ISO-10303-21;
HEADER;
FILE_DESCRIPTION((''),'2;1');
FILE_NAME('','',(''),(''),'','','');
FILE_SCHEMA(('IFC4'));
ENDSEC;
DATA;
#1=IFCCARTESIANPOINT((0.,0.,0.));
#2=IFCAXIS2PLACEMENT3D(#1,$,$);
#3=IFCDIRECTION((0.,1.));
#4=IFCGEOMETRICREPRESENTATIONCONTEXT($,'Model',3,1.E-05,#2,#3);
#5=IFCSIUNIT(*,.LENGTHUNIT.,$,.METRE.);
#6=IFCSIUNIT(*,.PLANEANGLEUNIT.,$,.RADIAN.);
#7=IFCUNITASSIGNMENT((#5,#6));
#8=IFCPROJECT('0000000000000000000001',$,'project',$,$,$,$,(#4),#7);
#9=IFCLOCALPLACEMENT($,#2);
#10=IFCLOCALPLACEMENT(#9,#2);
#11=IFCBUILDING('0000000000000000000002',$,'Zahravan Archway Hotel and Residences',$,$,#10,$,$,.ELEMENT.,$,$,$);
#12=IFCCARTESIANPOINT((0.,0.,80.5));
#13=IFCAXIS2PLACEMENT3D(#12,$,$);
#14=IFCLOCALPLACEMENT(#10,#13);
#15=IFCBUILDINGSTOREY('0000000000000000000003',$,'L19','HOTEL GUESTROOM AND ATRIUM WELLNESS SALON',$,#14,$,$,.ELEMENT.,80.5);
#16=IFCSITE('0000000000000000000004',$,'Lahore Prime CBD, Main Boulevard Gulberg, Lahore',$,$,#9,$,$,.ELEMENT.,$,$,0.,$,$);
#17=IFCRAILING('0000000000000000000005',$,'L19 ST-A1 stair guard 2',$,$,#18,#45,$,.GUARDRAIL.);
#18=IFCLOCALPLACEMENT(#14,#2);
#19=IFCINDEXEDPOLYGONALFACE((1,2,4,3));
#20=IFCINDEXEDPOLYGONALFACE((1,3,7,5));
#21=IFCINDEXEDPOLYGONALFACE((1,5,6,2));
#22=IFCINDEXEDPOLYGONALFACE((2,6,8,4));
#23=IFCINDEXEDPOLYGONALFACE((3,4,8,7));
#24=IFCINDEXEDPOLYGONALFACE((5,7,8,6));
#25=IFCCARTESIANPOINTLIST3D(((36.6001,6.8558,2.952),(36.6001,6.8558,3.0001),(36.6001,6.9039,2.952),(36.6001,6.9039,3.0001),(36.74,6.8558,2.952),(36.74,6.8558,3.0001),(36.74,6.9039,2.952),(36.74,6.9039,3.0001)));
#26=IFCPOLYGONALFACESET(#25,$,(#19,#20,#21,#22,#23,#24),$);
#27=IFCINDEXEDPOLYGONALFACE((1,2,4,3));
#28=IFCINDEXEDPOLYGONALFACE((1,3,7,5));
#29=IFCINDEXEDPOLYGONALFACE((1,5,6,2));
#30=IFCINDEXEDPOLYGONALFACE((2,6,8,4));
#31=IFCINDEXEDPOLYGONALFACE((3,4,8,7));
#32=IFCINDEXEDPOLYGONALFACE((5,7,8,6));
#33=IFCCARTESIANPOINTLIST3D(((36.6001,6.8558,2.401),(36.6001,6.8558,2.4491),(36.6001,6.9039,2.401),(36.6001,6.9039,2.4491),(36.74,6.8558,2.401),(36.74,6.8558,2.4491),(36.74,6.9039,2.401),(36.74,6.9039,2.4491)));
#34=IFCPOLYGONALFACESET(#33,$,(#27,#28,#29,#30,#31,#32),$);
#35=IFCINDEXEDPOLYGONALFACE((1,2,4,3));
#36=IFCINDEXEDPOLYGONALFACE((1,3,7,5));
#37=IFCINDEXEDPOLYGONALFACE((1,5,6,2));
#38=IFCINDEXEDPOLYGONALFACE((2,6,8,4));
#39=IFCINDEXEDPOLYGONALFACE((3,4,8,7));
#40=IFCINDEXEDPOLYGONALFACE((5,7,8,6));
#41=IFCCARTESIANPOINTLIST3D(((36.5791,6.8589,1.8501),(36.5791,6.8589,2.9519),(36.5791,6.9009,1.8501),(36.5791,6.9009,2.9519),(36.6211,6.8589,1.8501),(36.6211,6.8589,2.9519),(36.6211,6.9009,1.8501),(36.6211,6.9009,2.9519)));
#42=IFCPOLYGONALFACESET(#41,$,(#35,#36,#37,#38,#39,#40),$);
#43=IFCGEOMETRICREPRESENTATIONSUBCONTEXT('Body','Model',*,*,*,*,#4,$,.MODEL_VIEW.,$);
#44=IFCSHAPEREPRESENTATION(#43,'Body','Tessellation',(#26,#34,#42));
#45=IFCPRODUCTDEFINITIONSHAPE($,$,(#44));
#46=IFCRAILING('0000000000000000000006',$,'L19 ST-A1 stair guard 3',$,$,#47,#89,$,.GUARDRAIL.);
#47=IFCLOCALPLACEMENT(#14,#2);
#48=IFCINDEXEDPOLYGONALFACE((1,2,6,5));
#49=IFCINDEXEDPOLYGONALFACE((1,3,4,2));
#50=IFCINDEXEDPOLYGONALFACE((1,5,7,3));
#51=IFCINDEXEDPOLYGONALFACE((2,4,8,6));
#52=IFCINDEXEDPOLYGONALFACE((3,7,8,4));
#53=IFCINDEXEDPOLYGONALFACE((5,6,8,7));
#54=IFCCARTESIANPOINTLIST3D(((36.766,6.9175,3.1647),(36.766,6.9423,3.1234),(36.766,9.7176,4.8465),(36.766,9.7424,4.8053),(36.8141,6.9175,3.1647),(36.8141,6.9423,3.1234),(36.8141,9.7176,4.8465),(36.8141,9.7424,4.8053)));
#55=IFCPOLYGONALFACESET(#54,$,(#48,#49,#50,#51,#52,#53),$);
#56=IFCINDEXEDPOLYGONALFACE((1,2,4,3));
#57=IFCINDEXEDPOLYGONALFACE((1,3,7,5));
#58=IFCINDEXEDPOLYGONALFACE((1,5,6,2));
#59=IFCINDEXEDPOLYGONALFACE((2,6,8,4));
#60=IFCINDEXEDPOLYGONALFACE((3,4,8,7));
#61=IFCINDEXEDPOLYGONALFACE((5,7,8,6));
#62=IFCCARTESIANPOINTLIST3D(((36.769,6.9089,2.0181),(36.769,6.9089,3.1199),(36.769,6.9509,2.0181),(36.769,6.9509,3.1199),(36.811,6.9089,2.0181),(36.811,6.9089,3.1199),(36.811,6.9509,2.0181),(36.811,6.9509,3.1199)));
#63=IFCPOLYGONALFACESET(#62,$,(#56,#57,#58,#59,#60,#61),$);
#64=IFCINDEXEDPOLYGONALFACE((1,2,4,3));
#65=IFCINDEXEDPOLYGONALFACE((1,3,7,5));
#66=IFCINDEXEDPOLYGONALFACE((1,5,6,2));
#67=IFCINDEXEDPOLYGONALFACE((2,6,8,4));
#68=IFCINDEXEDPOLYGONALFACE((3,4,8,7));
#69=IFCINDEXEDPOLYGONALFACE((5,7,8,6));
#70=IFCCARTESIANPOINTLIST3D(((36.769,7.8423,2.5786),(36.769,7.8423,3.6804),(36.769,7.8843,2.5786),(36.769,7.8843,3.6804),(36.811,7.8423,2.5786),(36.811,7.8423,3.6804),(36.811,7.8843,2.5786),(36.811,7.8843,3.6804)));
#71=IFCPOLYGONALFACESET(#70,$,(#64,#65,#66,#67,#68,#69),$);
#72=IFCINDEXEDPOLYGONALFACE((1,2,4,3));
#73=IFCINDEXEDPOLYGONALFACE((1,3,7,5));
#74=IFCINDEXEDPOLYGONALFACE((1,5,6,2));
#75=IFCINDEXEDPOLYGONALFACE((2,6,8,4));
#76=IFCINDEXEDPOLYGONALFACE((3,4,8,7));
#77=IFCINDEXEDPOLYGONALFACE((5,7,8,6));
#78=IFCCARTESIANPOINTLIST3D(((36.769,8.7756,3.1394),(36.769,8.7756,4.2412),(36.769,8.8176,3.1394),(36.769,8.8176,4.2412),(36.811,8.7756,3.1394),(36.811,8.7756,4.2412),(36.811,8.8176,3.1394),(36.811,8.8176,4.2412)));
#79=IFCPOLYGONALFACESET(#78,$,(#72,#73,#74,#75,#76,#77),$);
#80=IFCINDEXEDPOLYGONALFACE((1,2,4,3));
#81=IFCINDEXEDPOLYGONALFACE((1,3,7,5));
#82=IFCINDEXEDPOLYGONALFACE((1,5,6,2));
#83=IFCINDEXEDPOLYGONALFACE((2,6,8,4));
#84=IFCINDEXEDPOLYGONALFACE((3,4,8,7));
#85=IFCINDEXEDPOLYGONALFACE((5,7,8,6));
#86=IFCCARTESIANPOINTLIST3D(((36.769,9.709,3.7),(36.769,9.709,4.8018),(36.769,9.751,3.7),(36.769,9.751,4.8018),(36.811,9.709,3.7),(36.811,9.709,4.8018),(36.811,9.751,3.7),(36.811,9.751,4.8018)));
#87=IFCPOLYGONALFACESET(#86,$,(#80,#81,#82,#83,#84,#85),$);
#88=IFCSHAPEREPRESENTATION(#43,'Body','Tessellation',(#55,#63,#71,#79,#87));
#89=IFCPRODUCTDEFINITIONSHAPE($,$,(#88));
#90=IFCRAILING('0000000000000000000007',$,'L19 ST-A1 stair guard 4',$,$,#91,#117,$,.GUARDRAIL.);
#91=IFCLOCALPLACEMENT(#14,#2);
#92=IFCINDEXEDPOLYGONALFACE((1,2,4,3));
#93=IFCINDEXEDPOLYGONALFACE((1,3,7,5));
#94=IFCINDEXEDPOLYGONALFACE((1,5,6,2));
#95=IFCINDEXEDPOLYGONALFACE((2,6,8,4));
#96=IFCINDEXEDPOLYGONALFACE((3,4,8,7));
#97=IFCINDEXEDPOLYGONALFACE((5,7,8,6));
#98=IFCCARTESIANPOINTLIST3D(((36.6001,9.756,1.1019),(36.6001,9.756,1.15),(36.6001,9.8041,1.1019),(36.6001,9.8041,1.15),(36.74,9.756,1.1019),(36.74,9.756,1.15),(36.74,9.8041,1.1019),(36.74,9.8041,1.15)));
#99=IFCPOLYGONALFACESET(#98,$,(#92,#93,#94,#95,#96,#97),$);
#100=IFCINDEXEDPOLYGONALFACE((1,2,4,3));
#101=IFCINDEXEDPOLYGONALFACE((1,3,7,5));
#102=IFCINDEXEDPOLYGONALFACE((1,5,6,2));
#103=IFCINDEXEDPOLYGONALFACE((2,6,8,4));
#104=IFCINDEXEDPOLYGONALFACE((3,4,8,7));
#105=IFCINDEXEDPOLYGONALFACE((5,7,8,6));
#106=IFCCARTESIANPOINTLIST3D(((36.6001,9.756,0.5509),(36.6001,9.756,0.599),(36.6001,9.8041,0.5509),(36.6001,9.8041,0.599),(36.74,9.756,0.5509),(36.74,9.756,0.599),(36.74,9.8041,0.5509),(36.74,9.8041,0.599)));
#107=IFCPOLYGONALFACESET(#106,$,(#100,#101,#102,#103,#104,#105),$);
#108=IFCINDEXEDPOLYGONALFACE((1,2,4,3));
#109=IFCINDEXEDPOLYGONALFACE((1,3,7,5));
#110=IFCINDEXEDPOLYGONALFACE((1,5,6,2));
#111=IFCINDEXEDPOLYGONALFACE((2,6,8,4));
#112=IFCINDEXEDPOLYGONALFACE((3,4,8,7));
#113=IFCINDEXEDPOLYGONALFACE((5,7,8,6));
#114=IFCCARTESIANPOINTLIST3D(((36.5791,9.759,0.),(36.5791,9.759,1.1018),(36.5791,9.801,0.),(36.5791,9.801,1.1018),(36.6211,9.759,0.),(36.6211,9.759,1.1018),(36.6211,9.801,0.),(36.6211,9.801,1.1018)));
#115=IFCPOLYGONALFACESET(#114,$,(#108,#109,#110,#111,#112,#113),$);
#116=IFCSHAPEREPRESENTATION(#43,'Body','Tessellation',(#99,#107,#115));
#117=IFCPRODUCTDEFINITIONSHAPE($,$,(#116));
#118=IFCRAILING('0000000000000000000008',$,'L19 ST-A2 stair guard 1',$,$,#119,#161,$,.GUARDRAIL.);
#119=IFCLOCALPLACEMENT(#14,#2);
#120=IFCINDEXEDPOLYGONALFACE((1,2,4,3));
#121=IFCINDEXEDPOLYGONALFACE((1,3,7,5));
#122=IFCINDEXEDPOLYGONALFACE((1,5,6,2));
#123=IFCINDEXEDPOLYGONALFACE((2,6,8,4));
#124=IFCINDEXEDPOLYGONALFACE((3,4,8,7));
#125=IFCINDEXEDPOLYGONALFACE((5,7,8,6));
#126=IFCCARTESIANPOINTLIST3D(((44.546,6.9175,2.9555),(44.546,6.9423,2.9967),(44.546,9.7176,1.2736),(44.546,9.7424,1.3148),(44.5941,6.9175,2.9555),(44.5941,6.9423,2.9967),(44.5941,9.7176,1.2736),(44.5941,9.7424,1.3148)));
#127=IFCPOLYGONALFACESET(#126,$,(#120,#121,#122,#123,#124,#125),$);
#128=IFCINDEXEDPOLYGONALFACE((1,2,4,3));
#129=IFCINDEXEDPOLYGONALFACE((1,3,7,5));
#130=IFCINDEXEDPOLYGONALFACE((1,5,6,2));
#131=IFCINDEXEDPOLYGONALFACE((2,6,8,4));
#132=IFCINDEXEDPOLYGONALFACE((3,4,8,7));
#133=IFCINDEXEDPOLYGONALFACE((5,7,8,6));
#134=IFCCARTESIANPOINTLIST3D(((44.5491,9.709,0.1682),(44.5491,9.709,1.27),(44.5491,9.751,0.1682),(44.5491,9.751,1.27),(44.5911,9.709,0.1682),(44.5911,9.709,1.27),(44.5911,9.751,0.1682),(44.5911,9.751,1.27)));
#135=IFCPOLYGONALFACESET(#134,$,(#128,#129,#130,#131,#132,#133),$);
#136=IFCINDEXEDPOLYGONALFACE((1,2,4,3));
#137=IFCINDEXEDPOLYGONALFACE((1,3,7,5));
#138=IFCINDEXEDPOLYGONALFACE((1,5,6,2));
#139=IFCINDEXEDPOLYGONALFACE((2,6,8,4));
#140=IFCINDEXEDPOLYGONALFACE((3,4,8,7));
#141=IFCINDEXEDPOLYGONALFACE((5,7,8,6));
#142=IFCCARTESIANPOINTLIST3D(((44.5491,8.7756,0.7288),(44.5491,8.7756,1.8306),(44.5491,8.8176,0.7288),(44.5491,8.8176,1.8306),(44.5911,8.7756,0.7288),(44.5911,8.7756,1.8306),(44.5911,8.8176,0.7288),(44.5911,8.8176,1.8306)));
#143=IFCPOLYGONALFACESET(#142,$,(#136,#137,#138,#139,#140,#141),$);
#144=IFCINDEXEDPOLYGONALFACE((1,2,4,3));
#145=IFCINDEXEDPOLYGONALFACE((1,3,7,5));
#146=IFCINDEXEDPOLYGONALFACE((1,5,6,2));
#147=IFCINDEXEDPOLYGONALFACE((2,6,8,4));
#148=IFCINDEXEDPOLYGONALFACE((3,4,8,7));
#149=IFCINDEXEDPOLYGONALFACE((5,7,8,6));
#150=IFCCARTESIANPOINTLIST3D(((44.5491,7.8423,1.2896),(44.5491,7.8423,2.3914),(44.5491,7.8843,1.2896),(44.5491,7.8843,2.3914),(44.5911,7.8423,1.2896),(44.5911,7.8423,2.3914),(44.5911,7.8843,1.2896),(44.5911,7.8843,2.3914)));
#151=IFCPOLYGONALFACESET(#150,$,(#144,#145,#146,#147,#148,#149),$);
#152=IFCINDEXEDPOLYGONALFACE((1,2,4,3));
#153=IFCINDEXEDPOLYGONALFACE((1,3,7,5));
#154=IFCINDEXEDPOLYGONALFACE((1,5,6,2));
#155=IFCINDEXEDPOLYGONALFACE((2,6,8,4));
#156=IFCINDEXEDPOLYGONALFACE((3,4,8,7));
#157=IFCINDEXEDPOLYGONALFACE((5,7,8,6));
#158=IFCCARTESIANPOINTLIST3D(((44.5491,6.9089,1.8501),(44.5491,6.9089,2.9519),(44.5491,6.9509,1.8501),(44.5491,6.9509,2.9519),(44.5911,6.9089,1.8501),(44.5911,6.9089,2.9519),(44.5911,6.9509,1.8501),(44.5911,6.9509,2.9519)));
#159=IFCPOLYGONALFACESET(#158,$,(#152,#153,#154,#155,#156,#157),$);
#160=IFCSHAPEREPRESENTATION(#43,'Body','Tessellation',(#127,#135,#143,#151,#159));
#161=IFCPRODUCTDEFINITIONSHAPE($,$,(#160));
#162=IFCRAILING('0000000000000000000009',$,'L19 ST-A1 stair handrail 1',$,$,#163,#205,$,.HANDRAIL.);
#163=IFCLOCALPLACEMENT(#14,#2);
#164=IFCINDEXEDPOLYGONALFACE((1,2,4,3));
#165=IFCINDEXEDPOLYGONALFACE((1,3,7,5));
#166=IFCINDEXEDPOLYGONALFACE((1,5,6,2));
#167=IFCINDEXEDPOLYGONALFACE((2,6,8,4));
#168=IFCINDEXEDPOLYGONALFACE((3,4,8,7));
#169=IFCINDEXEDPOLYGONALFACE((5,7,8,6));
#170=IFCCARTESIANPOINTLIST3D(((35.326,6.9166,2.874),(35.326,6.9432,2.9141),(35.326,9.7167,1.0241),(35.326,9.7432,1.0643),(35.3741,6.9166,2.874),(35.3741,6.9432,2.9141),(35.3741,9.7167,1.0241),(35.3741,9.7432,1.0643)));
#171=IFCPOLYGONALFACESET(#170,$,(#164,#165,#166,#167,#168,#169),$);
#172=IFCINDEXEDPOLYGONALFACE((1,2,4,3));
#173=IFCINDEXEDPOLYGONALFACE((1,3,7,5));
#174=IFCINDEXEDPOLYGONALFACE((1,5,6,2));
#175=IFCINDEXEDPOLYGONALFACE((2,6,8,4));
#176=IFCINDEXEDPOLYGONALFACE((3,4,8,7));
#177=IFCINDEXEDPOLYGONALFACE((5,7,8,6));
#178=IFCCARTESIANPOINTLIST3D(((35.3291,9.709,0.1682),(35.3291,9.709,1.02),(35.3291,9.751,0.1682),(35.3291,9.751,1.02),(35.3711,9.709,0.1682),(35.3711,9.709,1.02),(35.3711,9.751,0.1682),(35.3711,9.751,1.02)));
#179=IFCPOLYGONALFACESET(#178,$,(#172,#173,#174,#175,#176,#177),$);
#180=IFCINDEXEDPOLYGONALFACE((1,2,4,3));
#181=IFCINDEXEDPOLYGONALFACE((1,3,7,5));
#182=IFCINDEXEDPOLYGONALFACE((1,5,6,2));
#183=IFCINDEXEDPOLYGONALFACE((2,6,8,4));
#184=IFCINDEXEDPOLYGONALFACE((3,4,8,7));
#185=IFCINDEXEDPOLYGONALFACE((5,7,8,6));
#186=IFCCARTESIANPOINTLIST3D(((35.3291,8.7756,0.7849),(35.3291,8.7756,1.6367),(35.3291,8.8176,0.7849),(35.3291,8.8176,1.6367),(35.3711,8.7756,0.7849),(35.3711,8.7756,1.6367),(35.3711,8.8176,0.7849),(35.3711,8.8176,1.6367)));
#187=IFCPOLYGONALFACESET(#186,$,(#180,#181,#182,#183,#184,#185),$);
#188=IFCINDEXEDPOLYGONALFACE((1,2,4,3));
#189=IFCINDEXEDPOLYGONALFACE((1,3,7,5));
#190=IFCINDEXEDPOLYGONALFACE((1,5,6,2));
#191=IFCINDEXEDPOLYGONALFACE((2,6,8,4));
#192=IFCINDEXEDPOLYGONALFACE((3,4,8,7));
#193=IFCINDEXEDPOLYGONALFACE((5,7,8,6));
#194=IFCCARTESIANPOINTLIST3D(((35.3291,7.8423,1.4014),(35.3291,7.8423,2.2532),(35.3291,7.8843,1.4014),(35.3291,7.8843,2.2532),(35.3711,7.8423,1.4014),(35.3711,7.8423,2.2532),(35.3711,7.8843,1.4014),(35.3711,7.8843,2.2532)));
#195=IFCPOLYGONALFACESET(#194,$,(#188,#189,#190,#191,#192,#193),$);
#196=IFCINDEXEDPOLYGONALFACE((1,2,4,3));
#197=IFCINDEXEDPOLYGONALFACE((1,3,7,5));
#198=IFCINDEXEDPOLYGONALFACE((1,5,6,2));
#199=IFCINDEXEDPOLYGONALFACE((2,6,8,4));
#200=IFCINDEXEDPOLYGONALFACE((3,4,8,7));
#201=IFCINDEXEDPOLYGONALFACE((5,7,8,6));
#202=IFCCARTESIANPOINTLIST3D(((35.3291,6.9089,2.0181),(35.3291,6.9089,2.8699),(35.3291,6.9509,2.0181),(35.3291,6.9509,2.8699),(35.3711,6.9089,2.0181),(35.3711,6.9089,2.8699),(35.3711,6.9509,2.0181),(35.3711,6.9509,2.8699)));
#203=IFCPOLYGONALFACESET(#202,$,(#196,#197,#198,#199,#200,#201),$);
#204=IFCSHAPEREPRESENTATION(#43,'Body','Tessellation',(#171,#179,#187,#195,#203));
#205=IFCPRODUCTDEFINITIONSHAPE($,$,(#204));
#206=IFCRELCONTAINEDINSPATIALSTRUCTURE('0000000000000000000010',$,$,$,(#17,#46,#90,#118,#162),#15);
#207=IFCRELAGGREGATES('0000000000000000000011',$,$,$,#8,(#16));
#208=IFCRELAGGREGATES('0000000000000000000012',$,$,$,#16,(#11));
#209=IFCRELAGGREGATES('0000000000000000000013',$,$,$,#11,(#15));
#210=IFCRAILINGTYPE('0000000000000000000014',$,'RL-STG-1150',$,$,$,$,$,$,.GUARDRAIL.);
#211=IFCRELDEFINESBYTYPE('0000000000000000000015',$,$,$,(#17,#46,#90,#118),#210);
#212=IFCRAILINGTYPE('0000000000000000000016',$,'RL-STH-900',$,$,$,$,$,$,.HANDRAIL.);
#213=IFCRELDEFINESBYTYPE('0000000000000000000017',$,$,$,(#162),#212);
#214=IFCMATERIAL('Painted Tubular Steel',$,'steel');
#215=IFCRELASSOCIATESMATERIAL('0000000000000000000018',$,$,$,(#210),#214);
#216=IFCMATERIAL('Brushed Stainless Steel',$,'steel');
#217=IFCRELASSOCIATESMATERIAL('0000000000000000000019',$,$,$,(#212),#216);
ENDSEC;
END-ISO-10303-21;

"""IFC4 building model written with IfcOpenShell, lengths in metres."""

from ifc_helpers import new_model, si_unit, direction, frame, origin, origin_2d, place, context, subcontext, project, spatial, rectangle, extrude, material, type_object, element, save


model = new_model("IFC4")

# Units and contexts
model_context = context("Model", 3, precision=1e-05, world=origin(), true_north=direction((0.0, 1.0)))
body_context = subcontext(model_context, "Body", "Model", "MODEL_VIEW")
ifc_project = project(units=[si_unit("LENGTHUNIT", "METRE"), si_unit("PLANEANGLEUNIT", "RADIAN")], contexts=[model_context])

# Site, building, storey
site_placement = place(None, origin())
site = spatial("IfcSite", under=ifc_project, at=site_placement, Name="Lahore Prime CBD, Main Boulevard Gulberg, Lahore", CompositionType="ELEMENT", RefElevation=0.0)
building_placement = place(site_placement, origin())
building = spatial("IfcBuilding", under=site, at=building_placement, Name="Zahravan Archway Hotel and Residences", CompositionType="ELEMENT")
storey_placement = place(building_placement, frame((0.0, 0.0, 80.5)))
storey = spatial("IfcBuildingStorey", under=building, at=storey_placement, Name="L19", Description="HOTEL GUESTROOM AND ATRIUM WELLNESS SALON", CompositionType="ELEMENT", Elevation=80.5)

# Shared definitions
ifc_material_1 = material(Name="Brushed Stainless Steel", Category="steel")

# Railings
ifc_material_2 = material(Name="Painted Tubular Steel", Category="steel")
railing_type_1 = type_object("IfcRailingType", Name="RL-STG-1150", PredefinedType="GUARDRAIL", material=ifc_material_2)
railing_1_placement = place(storey_placement, frame((36.6001, 6.8799, 1.8501)))
element("IfcRailing", 1, at=railing_1_placement, inside=storey, type_object=railing_type_1, Name="L19 ST-A1 stair guard 2", PredefinedType="GUARDRAIL", context=body_context, shape_type="SweptSolid", body=[
    extrude(rectangle(XDim=0.0481, YDim=0.0481, at=origin_2d()), frame((0.0, 0.0, 1.126), z_axis=(1.0, 0.0, 0.0), x_axis=(0.0, 1.0, 0.0)), (0.0, 0.0, 1.0), 0.1399),
    extrude(rectangle(XDim=0.0481, YDim=0.0481, at=origin_2d()), frame((0.0, 0.0, 0.575), z_axis=(1.0, 0.0, 0.0), x_axis=(0.0, 1.0, 0.0)), (0.0, 0.0, 1.0), 0.1399),
    extrude(rectangle(XDim=0.042, YDim=0.042, at=origin_2d()), origin(), (0.0, 0.0, 1.0), 1.1018),
])
railing_2_placement = place(storey_placement, frame((36.79, 6.9299, 2.0181)))
element("IfcRailing", 2, at=railing_2_placement, inside=storey, type_object=railing_type_1, Name="L19 ST-A1 stair guard 3", PredefinedType="GUARDRAIL", context=body_context, shape_type="SweptSolid", body=[
    extrude(rectangle(XDim=0.0481, YDim=0.0481, at=origin_2d()), frame((0.0, 0.0, 1.126), z_axis=(0.0, 0.857242, 0.514913), x_axis=(-1.0, 0.0, 0.0)), (0.0, 0.0, 1.0), 3.2664),
    extrude(rectangle(XDim=0.042, YDim=0.042, at=origin_2d()), origin(), (0.0, 0.0, 1.0), 1.1018),
    extrude(rectangle(XDim=0.042, YDim=0.042, at=origin_2d()), frame((0.0, 0.9333, 0.5605)), (0.0, 0.0, 1.0), 1.1018),
    extrude(rectangle(XDim=0.042, YDim=0.042, at=origin_2d()), frame((0.0, 1.8667, 1.1213)), (0.0, 0.0, 1.0), 1.1018),
    extrude(rectangle(XDim=0.042, YDim=0.042, at=origin_2d()), frame((0.0, 2.8, 1.6819)), (0.0, 0.0, 1.0), 1.1018),
])
railing_3_placement = place(storey_placement, frame((36.6001, 9.78, 0.0)))
element("IfcRailing", 3, at=railing_3_placement, inside=storey, type_object=railing_type_1, Name="L19 ST-A1 stair guard 4", PredefinedType="GUARDRAIL", context=body_context, shape_type="SweptSolid", body=[
    extrude(rectangle(XDim=0.0481, YDim=0.0481, at=origin_2d()), frame((0.0, 0.0, 1.126), z_axis=(1.0, 0.0, 0.0), x_axis=(0.0, 1.0, 0.0)), (0.0, 0.0, 1.0), 0.1399),
    extrude(rectangle(XDim=0.0481, YDim=0.0481, at=origin_2d()), frame((0.0, 0.0, 0.575), z_axis=(1.0, 0.0, 0.0), x_axis=(0.0, 1.0, 0.0)), (0.0, 0.0, 1.0), 0.1399),
    extrude(rectangle(XDim=0.042, YDim=0.042, at=origin_2d()), origin(), (0.0, 0.0, 1.0), 1.1018),
])
railing_4_placement = place(storey_placement, frame((44.5701, 9.73, 0.1682)))
element("IfcRailing", 4, at=railing_4_placement, inside=storey, type_object=railing_type_1, Name="L19 ST-A2 stair guard 1", PredefinedType="GUARDRAIL", context=body_context, shape_type="SweptSolid", body=[
    extrude(rectangle(XDim=0.0481, YDim=0.0481, at=origin_2d()), frame((0.0, 0.0, 1.126), z_axis=(0.0, -0.857242, 0.514913), x_axis=(1.0, 0.0, 0.0)), (0.0, 0.0, 1.0), 3.2664),
    extrude(rectangle(XDim=0.042, YDim=0.042, at=origin_2d()), origin(), (0.0, 0.0, 1.0), 1.1018),
    extrude(rectangle(XDim=0.042, YDim=0.042, at=origin_2d()), frame((0.0, -0.9333, 0.5605)), (0.0, 0.0, 1.0), 1.1018),
    extrude(rectangle(XDim=0.042, YDim=0.042, at=origin_2d()), frame((0.0, -1.8667, 1.1213)), (0.0, 0.0, 1.0), 1.1018),
    extrude(rectangle(XDim=0.042, YDim=0.042, at=origin_2d()), frame((0.0, -2.8, 1.6819)), (0.0, 0.0, 1.0), 1.1018),
])
railing_type_2 = type_object("IfcRailingType", Name="RL-STH-900", PredefinedType="HANDRAIL", material=ifc_material_1)
railing_5_placement = place(storey_placement, frame((35.3501, 9.73, 0.1682)))
element("IfcRailing", 5, at=railing_5_placement, inside=storey, type_object=railing_type_2, Name="L19 ST-A1 stair handrail 1", PredefinedType="HANDRAIL", context=body_context, shape_type="SweptSolid", body=[
    extrude(rectangle(XDim=0.0481, YDim=0.0481, at=origin_2d()), frame((0.0, 0.0, 0.876), z_axis=(0.0, -0.83436, 0.55122), x_axis=(1.0, 0.0, 0.0)), (0.0, 0.0, 1.0), 3.356),
    extrude(rectangle(XDim=0.042, YDim=0.042, at=origin_2d()), origin(), (0.0, 0.0, 1.0), 0.8518),
    extrude(rectangle(XDim=0.042, YDim=0.042, at=origin_2d()), frame((0.0, -0.9333, 0.6167)), (0.0, 0.0, 1.0), 0.8518),
    extrude(rectangle(XDim=0.042, YDim=0.042, at=origin_2d()), frame((0.0, -1.8667, 1.2332)), (0.0, 0.0, 1.0), 0.8518),
    extrude(rectangle(XDim=0.042, YDim=0.042, at=origin_2d()), frame((0.0, -2.8, 1.8499)), (0.0, 0.0, 1.0), 0.8518),
])

save(model, "model.ifc")
